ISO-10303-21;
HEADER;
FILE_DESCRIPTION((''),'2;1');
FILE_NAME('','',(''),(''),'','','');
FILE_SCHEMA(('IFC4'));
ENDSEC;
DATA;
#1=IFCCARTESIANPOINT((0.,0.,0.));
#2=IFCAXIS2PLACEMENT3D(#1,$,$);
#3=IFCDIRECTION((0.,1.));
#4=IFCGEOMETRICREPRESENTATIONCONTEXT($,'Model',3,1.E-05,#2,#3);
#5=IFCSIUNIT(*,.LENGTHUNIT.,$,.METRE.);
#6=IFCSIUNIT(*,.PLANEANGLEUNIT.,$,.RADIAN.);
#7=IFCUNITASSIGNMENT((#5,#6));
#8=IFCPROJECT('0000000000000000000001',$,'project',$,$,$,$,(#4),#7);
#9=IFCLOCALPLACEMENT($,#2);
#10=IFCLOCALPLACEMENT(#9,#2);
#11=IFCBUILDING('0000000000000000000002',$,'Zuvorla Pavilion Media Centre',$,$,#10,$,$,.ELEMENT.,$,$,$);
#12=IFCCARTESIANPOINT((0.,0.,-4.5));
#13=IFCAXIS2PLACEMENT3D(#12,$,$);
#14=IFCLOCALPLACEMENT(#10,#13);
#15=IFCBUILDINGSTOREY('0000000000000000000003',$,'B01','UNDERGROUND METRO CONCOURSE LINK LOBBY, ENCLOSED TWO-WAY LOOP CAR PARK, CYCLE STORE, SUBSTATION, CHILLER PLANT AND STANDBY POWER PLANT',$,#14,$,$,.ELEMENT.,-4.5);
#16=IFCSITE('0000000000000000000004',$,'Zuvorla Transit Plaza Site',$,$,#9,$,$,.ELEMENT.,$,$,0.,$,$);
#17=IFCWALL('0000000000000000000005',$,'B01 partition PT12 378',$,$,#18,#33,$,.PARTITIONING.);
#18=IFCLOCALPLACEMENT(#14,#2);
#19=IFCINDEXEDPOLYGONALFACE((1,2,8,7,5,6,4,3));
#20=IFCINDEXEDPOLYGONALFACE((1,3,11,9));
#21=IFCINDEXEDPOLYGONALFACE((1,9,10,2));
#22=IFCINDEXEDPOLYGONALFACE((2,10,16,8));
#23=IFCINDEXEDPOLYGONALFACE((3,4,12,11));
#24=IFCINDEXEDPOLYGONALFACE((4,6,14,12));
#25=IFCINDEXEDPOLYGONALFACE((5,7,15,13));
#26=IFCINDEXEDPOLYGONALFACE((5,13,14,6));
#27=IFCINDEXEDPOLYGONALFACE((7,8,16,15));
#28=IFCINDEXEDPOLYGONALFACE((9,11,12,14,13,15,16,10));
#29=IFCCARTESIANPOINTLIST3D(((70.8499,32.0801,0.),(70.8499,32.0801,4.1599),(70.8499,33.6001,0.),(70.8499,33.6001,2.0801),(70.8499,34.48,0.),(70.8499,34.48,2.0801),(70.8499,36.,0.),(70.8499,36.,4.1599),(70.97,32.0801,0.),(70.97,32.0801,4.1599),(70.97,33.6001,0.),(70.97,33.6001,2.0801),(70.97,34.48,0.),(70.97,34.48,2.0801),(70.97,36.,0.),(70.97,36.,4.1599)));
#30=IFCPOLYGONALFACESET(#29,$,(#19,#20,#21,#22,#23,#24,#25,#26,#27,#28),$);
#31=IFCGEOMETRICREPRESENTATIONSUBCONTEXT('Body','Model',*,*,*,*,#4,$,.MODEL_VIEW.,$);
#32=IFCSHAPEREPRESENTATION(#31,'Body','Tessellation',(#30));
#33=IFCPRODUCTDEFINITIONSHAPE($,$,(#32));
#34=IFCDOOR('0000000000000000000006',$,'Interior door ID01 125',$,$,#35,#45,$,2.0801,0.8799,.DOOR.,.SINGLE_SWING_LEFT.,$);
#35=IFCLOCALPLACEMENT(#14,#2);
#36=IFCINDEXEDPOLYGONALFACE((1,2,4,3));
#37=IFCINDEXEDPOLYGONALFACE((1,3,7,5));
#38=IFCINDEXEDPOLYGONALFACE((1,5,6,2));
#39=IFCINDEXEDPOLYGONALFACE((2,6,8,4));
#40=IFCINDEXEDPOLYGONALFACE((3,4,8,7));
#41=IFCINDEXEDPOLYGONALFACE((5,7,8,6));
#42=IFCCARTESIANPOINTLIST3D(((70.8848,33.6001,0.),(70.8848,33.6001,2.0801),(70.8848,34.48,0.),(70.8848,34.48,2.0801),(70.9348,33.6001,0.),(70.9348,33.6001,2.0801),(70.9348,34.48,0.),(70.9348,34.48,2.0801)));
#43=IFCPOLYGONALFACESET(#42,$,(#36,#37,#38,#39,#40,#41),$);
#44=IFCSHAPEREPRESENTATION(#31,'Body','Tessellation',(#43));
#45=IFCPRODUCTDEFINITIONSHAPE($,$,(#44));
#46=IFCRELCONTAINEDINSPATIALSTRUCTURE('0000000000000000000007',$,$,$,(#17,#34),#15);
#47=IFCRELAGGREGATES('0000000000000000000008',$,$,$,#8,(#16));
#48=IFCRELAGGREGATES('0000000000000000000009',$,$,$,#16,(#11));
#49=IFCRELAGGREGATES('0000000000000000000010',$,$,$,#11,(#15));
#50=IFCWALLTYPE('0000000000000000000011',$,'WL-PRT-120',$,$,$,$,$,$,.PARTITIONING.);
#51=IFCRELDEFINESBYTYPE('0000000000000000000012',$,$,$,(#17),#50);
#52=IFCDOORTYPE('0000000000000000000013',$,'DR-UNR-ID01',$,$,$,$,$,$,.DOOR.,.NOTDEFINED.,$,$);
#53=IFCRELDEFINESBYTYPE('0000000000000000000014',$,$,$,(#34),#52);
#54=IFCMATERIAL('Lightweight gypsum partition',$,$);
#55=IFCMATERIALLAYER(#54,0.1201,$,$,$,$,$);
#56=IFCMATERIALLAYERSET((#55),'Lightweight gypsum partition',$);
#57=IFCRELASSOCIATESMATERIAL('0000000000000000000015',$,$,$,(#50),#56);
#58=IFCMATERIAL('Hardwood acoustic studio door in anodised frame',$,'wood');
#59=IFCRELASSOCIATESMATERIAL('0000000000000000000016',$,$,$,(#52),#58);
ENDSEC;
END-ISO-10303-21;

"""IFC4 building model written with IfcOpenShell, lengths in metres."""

from ifc_helpers import new_model, si_unit, direction, frame, frame_2d, origin, place, context, subcontext, project, spatial, rectangle, extrude, material, layer, layer_set, type_object, element, fill, save


model = new_model("IFC4")

# Units and contexts
model_context = context("Model", 3, precision=1e-05, world=origin(), true_north=direction((0.0, 1.0)))
body_context = subcontext(model_context, "Body", "Model", "MODEL_VIEW")
ifc_project = project(units=[si_unit("LENGTHUNIT", "METRE"), si_unit("PLANEANGLEUNIT", "RADIAN")], contexts=[model_context])

# Site, building, storey
site_placement = place(None, origin())
site = spatial("IfcSite", under=ifc_project, at=site_placement, Name="Zuvorla Transit Plaza Site", CompositionType="ELEMENT", RefElevation=0.0)
building_placement = place(site_placement, origin())
building = spatial("IfcBuilding", under=site, at=building_placement, Name="Zuvorla Pavilion Media Centre", CompositionType="ELEMENT")
storey_placement = place(building_placement, frame((0.0, 0.0, -4.5)))
storey = spatial("IfcBuildingStorey", under=building, at=storey_placement, Name="B01", Description="UNDERGROUND METRO CONCOURSE LINK LOBBY, ENCLOSED TWO-WAY LOOP CAR PARK, CYCLE STORE, SUBSTATION, CHILLER PLANT AND STANDBY POWER PLANT", CompositionType="ELEMENT", Elevation=-4.5)

# Wall, opening, door
ifc_material_1 = material(Name="Lightweight gypsum partition")
ifc_layer_1 = layer(ifc_material_1, 0.1201)
ifc_layer_set_1 = layer_set([ifc_layer_1], Name="Lightweight gypsum partition")
wall_type_1 = type_object("IfcWallType", Name="WL-PRT-120", PredefinedType="PARTITIONING", material=ifc_layer_set_1)
wall_1_placement = place(storey_placement, frame((70.9099, 36.0, 0.0), z_axis=(0.0, 0.0, 1.0), x_axis=(0.0, -1.0, 0.0)))
wall_1 = element("IfcWall", 1, at=wall_1_placement, inside=storey, type_object=wall_type_1, Name="B01 partition PT12 378", PredefinedType="PARTITIONING", context=body_context, shape_type="SweptSolid", body=[
    extrude(rectangle(XDim=3.9199, YDim=0.1201, at=frame_2d((1.96, 0.0))), origin(), (0.0, 0.0, 1.0), 4.1599),
])
opening_placement = place(wall_1_placement, frame((1.52, 0.0, 0.0)))
opening = element("IfcOpeningElement", 2, at=opening_placement, cuts=wall_1, PredefinedType="OPENING", context=body_context, shape_type="SweptSolid", body=[
    extrude(rectangle(XDim=0.8799, YDim=2.0801, at=frame_2d((0.4399, 1.04))), frame((0.0, 0.0701, 0.0), z_axis=(0.0, -1.0, 0.0), x_axis=(1.0, 0.0, 0.0)), (0.0, 0.0, 1.0), 0.1401),
])
ifc_material_2 = material(Name="Hardwood acoustic studio door in anodised frame", Category="wood")
door_type = type_object("IfcDoorType", Name="DR-UNR-ID01", OperationType="NOTDEFINED", PredefinedType="DOOR", material=ifc_material_2)
door_placement = place(opening_placement, origin())
door = element("IfcDoor", 3, at=door_placement, inside=storey, type_object=door_type, Name="Interior door ID01 125", OperationType="SINGLE_SWING_LEFT", OverallHeight=2.0801, OverallWidth=0.8799, PredefinedType="DOOR", context=body_context, shape_type="SweptSolid", body=[
    extrude(rectangle(XDim=0.8799, YDim=2.0801, at=frame_2d((0.4399, 1.04))), frame((0.0, 0.0249, 0.0), z_axis=(0.0, -1.0, 0.0), x_axis=(1.0, 0.0, 0.0)), (0.0, 0.0, 1.0), 0.05),
])
fill(opening, door)

save(model, "model.ifc")
